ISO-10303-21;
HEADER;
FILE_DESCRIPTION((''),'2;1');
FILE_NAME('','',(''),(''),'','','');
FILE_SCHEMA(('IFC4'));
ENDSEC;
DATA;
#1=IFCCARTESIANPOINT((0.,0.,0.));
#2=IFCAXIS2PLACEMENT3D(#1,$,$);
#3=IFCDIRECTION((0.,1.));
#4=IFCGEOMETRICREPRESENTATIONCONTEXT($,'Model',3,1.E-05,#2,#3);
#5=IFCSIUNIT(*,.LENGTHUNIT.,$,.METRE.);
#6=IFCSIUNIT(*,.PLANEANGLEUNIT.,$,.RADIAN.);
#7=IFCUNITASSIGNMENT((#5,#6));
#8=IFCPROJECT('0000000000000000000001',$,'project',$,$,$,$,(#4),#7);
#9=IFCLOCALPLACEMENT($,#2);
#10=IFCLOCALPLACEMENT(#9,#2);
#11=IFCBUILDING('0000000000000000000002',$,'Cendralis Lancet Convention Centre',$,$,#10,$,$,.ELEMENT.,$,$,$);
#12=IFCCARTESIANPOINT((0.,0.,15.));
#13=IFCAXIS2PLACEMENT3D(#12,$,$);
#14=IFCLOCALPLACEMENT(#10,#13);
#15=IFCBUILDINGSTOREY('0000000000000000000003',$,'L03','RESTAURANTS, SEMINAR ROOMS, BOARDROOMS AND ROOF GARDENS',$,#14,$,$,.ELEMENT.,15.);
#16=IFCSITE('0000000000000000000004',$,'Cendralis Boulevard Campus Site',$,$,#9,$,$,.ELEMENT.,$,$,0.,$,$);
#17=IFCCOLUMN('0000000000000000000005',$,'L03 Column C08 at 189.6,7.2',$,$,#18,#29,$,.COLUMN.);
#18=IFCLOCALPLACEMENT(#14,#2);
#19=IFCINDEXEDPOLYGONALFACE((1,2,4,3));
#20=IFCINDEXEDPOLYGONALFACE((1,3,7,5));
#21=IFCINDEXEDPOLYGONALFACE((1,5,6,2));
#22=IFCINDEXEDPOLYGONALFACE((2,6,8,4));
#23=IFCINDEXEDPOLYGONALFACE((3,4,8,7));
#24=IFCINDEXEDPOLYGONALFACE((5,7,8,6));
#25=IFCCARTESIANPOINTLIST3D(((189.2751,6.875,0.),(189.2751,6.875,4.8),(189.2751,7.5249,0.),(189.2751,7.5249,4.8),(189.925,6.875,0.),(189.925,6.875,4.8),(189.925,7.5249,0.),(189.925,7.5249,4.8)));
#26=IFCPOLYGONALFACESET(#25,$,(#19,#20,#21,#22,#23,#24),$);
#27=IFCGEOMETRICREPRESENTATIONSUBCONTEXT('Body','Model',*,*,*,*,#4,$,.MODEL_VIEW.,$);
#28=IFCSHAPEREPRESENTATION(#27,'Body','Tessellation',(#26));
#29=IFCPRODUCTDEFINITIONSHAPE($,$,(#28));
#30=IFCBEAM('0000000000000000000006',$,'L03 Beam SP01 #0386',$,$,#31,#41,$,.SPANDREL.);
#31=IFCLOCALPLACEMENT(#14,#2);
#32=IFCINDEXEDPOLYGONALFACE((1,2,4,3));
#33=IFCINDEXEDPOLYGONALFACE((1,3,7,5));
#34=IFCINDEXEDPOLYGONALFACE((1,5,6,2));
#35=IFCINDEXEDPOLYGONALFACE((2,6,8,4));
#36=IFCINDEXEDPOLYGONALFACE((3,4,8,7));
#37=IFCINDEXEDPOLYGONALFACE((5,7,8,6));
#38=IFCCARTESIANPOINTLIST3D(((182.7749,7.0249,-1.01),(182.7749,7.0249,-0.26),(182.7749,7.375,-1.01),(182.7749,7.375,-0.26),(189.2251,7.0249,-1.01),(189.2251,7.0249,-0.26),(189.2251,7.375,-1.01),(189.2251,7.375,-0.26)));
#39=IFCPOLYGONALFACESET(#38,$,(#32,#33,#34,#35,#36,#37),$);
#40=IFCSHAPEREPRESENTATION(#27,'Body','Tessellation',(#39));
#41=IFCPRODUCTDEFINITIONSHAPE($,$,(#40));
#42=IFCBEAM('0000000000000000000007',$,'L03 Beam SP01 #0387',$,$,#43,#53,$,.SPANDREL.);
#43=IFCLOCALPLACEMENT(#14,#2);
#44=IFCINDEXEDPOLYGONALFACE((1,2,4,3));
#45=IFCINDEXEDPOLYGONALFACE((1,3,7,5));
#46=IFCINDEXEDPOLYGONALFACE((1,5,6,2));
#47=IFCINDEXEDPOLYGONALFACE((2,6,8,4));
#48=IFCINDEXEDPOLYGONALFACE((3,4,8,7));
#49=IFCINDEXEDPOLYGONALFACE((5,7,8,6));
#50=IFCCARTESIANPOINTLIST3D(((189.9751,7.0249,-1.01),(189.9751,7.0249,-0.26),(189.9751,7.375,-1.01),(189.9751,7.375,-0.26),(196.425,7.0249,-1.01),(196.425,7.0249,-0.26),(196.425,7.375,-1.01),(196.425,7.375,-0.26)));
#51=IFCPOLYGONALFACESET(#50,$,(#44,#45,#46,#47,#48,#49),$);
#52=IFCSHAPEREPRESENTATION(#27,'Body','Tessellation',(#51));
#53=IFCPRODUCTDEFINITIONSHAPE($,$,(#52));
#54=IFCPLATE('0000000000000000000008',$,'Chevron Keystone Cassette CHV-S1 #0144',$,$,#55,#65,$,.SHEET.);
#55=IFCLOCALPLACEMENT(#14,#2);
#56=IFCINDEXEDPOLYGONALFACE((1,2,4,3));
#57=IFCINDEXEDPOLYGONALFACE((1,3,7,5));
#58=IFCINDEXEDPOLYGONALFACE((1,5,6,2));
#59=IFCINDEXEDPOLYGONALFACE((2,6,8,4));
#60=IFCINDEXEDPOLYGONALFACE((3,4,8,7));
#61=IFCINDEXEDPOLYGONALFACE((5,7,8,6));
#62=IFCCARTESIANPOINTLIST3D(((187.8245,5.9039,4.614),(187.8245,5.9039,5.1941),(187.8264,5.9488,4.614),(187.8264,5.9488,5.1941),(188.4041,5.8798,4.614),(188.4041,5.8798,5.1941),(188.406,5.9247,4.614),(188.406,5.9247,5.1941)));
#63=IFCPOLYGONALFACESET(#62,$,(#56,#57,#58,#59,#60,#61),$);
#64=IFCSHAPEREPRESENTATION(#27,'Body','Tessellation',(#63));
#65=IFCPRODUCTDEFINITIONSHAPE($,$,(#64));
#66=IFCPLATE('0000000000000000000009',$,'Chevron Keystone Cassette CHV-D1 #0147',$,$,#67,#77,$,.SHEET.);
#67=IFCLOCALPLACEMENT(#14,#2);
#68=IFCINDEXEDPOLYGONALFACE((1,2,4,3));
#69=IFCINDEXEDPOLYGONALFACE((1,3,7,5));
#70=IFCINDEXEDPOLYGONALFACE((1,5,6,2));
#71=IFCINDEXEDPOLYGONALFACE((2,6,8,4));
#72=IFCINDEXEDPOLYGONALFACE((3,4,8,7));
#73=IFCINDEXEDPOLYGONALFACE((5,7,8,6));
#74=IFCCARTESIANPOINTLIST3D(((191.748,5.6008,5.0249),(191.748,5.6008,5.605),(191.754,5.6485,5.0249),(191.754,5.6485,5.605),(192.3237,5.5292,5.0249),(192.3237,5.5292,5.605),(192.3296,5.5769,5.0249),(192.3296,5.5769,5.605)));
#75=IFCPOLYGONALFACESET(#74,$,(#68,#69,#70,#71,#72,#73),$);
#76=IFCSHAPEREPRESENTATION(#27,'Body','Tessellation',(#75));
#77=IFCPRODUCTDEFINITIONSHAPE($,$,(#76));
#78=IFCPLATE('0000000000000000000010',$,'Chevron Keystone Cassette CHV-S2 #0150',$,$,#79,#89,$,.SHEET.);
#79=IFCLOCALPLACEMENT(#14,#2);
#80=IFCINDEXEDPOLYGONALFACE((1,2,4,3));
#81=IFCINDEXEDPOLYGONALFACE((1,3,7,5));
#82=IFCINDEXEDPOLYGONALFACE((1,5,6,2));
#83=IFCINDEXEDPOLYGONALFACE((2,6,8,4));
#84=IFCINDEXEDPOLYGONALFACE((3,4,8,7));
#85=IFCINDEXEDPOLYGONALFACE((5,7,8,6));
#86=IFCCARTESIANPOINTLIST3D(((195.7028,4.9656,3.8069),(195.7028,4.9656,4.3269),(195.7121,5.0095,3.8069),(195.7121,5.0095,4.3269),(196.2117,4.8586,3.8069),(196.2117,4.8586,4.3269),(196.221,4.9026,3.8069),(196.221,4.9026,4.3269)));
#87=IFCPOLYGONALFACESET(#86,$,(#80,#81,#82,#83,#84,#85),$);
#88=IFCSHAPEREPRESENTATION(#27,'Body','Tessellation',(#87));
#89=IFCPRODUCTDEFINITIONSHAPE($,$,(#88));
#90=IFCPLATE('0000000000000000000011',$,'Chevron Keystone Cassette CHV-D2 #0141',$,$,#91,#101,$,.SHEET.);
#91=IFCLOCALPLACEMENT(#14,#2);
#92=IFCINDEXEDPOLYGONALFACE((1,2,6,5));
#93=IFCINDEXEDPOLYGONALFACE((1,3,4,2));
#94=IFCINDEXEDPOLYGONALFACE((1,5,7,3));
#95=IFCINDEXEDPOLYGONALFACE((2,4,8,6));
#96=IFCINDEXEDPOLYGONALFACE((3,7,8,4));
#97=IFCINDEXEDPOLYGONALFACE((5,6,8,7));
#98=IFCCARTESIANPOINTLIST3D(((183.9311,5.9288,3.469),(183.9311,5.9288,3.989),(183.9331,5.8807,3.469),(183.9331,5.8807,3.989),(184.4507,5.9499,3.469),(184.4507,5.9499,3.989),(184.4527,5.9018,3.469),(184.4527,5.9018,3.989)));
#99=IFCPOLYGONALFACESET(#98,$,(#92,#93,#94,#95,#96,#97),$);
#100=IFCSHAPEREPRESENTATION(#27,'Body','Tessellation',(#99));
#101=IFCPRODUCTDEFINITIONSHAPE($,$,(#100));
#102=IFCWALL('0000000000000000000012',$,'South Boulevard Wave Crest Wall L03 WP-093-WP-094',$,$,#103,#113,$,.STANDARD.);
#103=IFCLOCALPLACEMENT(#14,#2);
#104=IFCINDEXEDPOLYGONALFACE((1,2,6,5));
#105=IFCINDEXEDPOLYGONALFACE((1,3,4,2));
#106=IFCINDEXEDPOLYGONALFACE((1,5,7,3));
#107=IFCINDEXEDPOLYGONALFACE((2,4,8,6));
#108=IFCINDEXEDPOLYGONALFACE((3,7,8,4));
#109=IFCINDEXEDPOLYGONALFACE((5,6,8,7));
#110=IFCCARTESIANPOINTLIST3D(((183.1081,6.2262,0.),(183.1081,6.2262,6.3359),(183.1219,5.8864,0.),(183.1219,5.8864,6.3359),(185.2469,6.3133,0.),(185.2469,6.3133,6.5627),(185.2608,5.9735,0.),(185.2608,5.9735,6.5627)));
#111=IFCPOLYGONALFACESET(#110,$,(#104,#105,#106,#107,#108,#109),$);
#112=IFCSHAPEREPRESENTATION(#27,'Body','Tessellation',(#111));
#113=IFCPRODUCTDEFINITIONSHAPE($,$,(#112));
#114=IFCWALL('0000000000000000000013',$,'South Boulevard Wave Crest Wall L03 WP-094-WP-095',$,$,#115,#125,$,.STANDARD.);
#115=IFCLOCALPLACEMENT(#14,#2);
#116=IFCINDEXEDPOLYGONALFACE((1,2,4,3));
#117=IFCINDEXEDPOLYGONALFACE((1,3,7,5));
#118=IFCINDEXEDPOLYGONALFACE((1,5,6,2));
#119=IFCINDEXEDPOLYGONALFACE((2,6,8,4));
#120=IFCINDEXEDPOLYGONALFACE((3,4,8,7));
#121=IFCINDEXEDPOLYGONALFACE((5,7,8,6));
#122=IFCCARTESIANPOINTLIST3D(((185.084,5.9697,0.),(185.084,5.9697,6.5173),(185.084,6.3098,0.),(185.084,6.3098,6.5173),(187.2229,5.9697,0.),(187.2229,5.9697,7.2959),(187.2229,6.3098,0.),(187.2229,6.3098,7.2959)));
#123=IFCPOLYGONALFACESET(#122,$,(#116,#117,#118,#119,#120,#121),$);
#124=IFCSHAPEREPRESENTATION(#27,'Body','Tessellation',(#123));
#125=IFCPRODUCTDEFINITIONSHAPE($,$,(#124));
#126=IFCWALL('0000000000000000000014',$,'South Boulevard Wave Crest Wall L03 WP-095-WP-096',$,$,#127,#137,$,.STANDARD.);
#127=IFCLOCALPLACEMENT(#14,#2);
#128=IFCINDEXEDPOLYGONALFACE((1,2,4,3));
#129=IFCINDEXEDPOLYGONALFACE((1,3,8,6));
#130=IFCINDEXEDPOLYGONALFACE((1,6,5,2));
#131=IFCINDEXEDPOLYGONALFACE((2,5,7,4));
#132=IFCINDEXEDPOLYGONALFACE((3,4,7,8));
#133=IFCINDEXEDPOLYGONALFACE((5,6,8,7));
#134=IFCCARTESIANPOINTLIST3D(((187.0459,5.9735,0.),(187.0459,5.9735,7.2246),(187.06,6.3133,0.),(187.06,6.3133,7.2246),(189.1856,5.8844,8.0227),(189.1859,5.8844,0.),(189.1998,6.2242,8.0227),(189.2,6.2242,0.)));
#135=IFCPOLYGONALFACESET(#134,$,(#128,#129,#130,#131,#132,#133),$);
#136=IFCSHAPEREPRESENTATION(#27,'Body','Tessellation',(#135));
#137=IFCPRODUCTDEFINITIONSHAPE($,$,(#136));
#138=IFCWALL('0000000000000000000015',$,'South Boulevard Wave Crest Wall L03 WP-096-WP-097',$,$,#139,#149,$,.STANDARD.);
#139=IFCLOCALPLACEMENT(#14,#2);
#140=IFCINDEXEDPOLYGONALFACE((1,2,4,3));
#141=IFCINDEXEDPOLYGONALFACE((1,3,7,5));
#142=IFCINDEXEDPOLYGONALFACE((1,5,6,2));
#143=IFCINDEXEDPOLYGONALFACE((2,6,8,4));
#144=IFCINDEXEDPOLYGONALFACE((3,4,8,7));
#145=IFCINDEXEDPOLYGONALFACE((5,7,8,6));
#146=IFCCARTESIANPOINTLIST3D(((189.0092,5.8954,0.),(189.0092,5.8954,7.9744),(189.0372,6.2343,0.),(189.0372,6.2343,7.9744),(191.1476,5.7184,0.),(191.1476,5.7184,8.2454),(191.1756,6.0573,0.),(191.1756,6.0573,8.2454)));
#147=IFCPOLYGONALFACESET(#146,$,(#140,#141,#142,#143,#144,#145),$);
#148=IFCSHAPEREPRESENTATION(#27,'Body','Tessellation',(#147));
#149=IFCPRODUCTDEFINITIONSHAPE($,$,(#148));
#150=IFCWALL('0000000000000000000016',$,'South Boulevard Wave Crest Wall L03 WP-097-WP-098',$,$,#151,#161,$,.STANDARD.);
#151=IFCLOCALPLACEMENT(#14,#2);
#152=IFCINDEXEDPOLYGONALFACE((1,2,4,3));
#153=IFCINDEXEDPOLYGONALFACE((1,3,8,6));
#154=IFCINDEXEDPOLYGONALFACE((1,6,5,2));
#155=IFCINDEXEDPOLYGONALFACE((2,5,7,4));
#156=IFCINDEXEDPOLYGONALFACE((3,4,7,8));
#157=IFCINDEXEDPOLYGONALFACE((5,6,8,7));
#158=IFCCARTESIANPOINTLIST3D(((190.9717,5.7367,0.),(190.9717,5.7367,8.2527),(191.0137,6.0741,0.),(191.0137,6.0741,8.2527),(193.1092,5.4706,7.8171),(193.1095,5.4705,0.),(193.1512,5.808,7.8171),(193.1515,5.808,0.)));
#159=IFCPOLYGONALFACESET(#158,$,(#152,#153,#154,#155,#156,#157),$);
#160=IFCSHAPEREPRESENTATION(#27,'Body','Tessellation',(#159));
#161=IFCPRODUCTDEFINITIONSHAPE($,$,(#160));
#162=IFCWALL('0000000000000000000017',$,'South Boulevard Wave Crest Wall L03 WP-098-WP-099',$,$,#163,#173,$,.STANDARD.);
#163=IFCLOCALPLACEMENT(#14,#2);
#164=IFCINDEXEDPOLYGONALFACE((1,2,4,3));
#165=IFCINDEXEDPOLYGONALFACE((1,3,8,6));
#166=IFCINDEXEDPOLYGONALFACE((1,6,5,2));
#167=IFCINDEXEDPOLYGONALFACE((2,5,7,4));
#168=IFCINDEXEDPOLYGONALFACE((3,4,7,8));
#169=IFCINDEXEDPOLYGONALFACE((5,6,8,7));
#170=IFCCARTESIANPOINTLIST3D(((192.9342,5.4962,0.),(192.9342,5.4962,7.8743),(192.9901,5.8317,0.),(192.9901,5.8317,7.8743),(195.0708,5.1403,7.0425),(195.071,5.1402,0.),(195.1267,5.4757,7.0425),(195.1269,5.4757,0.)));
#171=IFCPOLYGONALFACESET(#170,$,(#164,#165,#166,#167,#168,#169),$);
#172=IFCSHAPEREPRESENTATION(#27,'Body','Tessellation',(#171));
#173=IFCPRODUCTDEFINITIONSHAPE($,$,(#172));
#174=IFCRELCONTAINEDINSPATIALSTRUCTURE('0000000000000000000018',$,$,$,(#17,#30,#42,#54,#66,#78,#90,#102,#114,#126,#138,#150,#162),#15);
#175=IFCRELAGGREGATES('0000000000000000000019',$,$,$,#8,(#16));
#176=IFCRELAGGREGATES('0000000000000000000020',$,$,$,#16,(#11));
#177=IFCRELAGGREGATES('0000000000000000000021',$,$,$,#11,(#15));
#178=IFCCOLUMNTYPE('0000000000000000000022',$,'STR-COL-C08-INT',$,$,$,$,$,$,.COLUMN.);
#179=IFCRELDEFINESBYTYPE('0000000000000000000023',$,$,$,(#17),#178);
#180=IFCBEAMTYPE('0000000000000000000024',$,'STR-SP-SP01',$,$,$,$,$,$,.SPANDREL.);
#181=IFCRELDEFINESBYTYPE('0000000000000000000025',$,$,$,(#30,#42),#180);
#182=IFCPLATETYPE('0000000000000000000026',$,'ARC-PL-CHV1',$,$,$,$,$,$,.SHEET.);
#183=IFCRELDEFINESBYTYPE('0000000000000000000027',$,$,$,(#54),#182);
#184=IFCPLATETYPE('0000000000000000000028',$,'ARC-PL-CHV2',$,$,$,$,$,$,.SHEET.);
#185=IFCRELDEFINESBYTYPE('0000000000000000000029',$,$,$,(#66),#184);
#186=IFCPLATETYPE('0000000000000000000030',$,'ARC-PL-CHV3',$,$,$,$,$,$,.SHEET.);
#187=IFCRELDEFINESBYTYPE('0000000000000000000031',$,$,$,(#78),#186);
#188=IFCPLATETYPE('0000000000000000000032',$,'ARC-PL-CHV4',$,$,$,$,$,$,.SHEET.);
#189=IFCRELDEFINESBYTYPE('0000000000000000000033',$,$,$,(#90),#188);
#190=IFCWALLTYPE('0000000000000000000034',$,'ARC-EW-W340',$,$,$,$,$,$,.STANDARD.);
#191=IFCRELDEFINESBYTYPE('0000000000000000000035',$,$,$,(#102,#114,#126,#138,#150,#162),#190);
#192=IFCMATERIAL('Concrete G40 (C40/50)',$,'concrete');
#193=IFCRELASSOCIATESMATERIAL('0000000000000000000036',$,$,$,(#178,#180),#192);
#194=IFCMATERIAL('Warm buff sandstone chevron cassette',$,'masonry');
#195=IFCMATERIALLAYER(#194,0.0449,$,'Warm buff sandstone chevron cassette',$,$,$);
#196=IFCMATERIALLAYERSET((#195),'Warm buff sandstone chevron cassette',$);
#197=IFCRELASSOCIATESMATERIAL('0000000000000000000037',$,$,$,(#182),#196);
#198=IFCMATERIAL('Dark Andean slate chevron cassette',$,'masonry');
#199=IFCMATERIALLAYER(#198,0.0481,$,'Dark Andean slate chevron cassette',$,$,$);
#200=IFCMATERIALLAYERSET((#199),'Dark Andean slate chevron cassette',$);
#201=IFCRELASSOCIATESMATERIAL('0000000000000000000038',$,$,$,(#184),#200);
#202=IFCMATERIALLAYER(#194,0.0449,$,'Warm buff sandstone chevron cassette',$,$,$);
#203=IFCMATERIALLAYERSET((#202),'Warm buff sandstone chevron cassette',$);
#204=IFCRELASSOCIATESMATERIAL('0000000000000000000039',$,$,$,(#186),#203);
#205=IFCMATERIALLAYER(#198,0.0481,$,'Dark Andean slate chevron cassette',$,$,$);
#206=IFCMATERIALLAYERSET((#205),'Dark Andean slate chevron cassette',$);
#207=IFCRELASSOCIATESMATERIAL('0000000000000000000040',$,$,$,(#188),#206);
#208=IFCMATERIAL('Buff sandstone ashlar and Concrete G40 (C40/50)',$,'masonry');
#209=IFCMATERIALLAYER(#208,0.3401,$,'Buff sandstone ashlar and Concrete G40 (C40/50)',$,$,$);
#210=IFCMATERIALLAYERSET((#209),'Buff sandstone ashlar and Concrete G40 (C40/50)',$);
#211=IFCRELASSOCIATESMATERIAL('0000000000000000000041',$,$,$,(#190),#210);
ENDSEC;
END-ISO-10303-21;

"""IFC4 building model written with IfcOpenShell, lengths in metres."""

from ifc_helpers import new_model, si_unit, direction, frame, origin, origin_2d, place, context, subcontext, project, spatial, polyline, rectangle, outline, extrude, material, layer, layer_set, material_profile, profile_set, type_object, element, save


model = new_model("IFC4")

# Units and contexts
model_context = context("Model", 3, precision=1e-05, world=origin(), true_north=direction((0.0, 1.0)))
body_context = subcontext(model_context, "Body", "Model", "MODEL_VIEW")
ifc_project = project(units=[si_unit("LENGTHUNIT", "METRE"), si_unit("PLANEANGLEUNIT", "RADIAN")], contexts=[model_context])

# Site, building, storey
site_placement = place(None, origin())
site = spatial("IfcSite", under=ifc_project, at=site_placement, Name="Cendralis Boulevard Campus Site", CompositionType="ELEMENT", RefElevation=0.0)
building_placement = place(site_placement, origin())
building = spatial("IfcBuilding", under=site, at=building_placement, Name="Cendralis Lancet Convention Centre", CompositionType="ELEMENT")
storey_placement = place(building_placement, frame((0.0, 0.0, 15.0)))
storey = spatial("IfcBuildingStorey", under=building, at=storey_placement, Name="L03", Description="RESTAURANTS, SEMINAR ROOMS, BOARDROOMS AND ROOF GARDENS", CompositionType="ELEMENT", Elevation=15.0)

# Column
ifc_material_1 = material(Name="Concrete G40 (C40/50)", Category="concrete")
ifc_material_profile_1 = material_profile(ifc_material_1, rectangle(XDim=0.6499, YDim=0.6499, at=origin_2d()), Name="RC 650x650")
ifc_profile_set_1 = profile_set([ifc_material_profile_1], Name="Concrete G40 (C40/50)")
column_type = type_object("IfcColumnType", Name="STR-COL-C08-INT", PredefinedType="COLUMN", material=ifc_profile_set_1)
column_placement = place(storey_placement, frame((189.6001, 7.2, 0.0), z_axis=(0.0, 0.0, 1.0), x_axis=(1.0, 0.0, 0.0)))
element("IfcColumn", 1, at=column_placement, inside=storey, type_object=column_type, Name="L03 Column C08 at 189.6,7.2", PredefinedType="COLUMN", context=body_context, shape_type="SweptSolid", body=[
    extrude(rectangle(XDim=0.6499, YDim=0.6499, at=origin_2d()), origin(), (0.0, 0.0, 1.0), 4.8),
])

# Beams
ifc_material_profile_2 = material_profile(ifc_material_1, rectangle(XDim=0.3501, YDim=0.75, at=origin_2d()), Name="RCB 350x750")
ifc_profile_set_2 = profile_set([ifc_material_profile_2], Name="Concrete G40 (C40/50)")
beam_type = type_object("IfcBeamType", Name="STR-SP-SP01", PredefinedType="SPANDREL", material=ifc_profile_set_2)
beam_1_placement = place(storey_placement, frame((182.7749, 7.2, -0.635), z_axis=(1.0, 0.0, 0.0), x_axis=(0.0, 1.0, 0.0)))
element("IfcBeam", 2, at=beam_1_placement, inside=storey, type_object=beam_type, Name="L03 Beam SP01 #0386", PredefinedType="SPANDREL", context=body_context, shape_type="SweptSolid", body=[
    extrude(rectangle(XDim=0.3501, YDim=0.75, at=origin_2d()), origin(), (0.0, 0.0, 1.0), 6.4502),
])
beam_2_placement = place(storey_placement, frame((189.9751, 7.2, -0.635), z_axis=(1.0, 0.0, 0.0), x_axis=(0.0, 1.0, 0.0)))
element("IfcBeam", 3, at=beam_2_placement, inside=storey, type_object=beam_type, Name="L03 Beam SP01 #0387", PredefinedType="SPANDREL", context=body_context, shape_type="SweptSolid", body=[
    extrude(rectangle(XDim=0.3501, YDim=0.75, at=origin_2d()), origin(), (0.0, 0.0, 1.0), 6.45),
])

# Plates
ifc_material_2 = material(Name="Warm buff sandstone chevron cassette", Category="masonry")
ifc_layer_1 = layer(ifc_material_2, 0.0449, Name="Warm buff sandstone chevron cassette")
ifc_layer_set_1 = layer_set([ifc_layer_1], Name="Warm buff sandstone chevron cassette")
plate_type_1 = type_object("IfcPlateType", Name="ARC-PL-CHV1", PredefinedType="SHEET", material=ifc_layer_set_1)
plate_1_placement = place(storey_placement, frame((188.1152, 5.9143, 4.614), z_axis=(0.0, 0.0, 1.0), x_axis=(0.999134, -0.041597, 0.0)))
element("IfcPlate", 4, at=plate_1_placement, inside=storey, type_object=plate_type_1, Name="Chevron Keystone Cassette CHV-S1 #0144", PredefinedType="SHEET", context=body_context, shape_type="SweptSolid", body=[
    extrude(rectangle(XDim=0.5801, YDim=0.0449, at=origin_2d()), origin(), (0.0, 0.0, 1.0), 0.5801),
])
ifc_material_3 = material(Name="Dark Andean slate chevron cassette", Category="masonry")
ifc_layer_2 = layer(ifc_material_3, 0.0481, Name="Dark Andean slate chevron cassette")
ifc_layer_set_2 = layer_set([ifc_layer_2], Name="Dark Andean slate chevron cassette")
plate_type_2 = type_object("IfcPlateType", Name="ARC-PL-CHV2", PredefinedType="SHEET", material=ifc_layer_set_2)
plate_2_placement = place(storey_placement, frame((192.0388, 5.5889, 5.0249), z_axis=(0.0, 0.0, 1.0), x_axis=(0.992347, -0.12348, 0.0)))
element("IfcPlate", 5, at=plate_2_placement, inside=storey, type_object=plate_type_2, Name="Chevron Keystone Cassette CHV-D1 #0147", PredefinedType="SHEET", context=body_context, shape_type="SweptSolid", body=[
    extrude(rectangle(XDim=0.5801, YDim=0.0481, at=origin_2d()), origin(), (0.0, 0.0, 1.0), 0.5801),
])
ifc_layer_3 = layer(ifc_material_2, 0.0449, Name="Warm buff sandstone chevron cassette")
ifc_layer_set_3 = layer_set([ifc_layer_3], Name="Warm buff sandstone chevron cassette")
plate_type_3 = type_object("IfcPlateType", Name="ARC-PL-CHV3", PredefinedType="SHEET", material=ifc_layer_set_3)
plate_3_placement = place(storey_placement, frame((195.9619, 4.9341, 3.8069), z_axis=(0.0, 0.0, 1.0), x_axis=(0.978624, -0.205658, 0.0)))
element("IfcPlate", 6, at=plate_3_placement, inside=storey, type_object=plate_type_3, Name="Chevron Keystone Cassette CHV-S2 #0150", PredefinedType="SHEET", context=body_context, shape_type="SweptSolid", body=[
    extrude(rectangle(XDim=0.52, YDim=0.0449, at=origin_2d()), origin(), (0.0, 0.0, 1.0), 0.52),
])
ifc_layer_4 = layer(ifc_material_3, 0.0481, Name="Dark Andean slate chevron cassette")
ifc_layer_set_4 = layer_set([ifc_layer_4], Name="Dark Andean slate chevron cassette")
plate_type_4 = type_object("IfcPlateType", Name="ARC-PL-CHV4", PredefinedType="SHEET", material=ifc_layer_set_4)
plate_4_placement = place(storey_placement, frame((184.1919, 5.9153, 3.469), z_axis=(0.0, 0.0, 1.0), x_axis=(0.999175, 0.040603, 0.0)))
element("IfcPlate", 7, at=plate_4_placement, inside=storey, type_object=plate_type_4, Name="Chevron Keystone Cassette CHV-D2 #0141", PredefinedType="SHEET", context=body_context, shape_type="SweptSolid", body=[
    extrude(rectangle(XDim=0.52, YDim=0.0481, at=origin_2d()), origin(), (0.0, 0.0, 1.0), 0.52),
])

# Walls
ifc_material_4 = material(Name="Buff sandstone ashlar and Concrete G40 (C40/50)", Category="masonry")
ifc_layer_5 = layer(ifc_material_4, 0.3401, Name="Buff sandstone ashlar and Concrete G40 (C40/50)")
ifc_layer_set_5 = layer_set([ifc_layer_5], Name="Buff sandstone ashlar and Concrete G40 (C40/50)")
wall_type_1 = type_object("IfcWallType", Name="ARC-EW-W340", PredefinedType="STANDARD", material=ifc_layer_set_5)
wall_1_placement = place(storey_placement, frame((183.115, 6.0564, 0.0), z_axis=(0.0, 0.0, 1.0), x_axis=(0.999171, 0.040715, 0.0)))
element("IfcWall", 8, at=wall_1_placement, inside=storey, type_object=wall_type_1, Name="South Boulevard Wave Crest Wall L03 WP-093-WP-094", PredefinedType="STANDARD", context=body_context, shape_type="SweptSolid", body=[
    extrude(outline(polyline([(0.0, 0.0), (2.1406, 0.0), (2.1406, 6.5627), (0.0, 6.3359), (0.0, 0.0)])), frame((0.0, 0.1699, 0.0), z_axis=(0.0, -1.0, 0.0), x_axis=(1.0, 0.0, 0.0)), (0.0, 0.0, 1.0), 0.3401),
])
wall_2_placement = place(storey_placement, frame((185.084, 6.1399, 0.0), z_axis=(0.0, 0.0, 1.0), x_axis=(1.0, 0.0, 0.0)))
element("IfcWall", 9, at=wall_2_placement, inside=storey, type_object=wall_type_1, Name="South Boulevard Wave Crest Wall L03 WP-094-WP-095", PredefinedType="STANDARD", context=body_context, shape_type="SweptSolid", body=[
    extrude(outline(polyline([(0.0, 0.0), (2.1389, 0.0), (2.1389, 7.2959), (0.0, 6.5173), (0.0, 0.0)])), frame((0.0, 0.1699, 0.0), z_axis=(0.0, -1.0, 0.0), x_axis=(1.0, 0.0, 0.0)), (0.0, 0.0, 1.0), 0.3401),
])
wall_3_placement = place(storey_placement, frame((187.053, 6.1436, 0.0), z_axis=(0.0, 0.0, 1.0), x_axis=(0.999134, -0.041607, 0.0)))
element("IfcWall", 10, at=wall_3_placement, inside=storey, type_object=wall_type_1, Name="South Boulevard Wave Crest Wall L03 WP-095-WP-096", PredefinedType="STANDARD", context=body_context, shape_type="SweptSolid", body=[
    extrude(outline(polyline([(0.0, 0.0), (2.1418, 0.0), (2.1416, 8.0227), (0.0, 7.2246), (0.0, 0.0)])), frame((0.0, 0.1699, 0.0), z_axis=(0.0, -1.0, 0.0), x_axis=(1.0, 0.0, 0.0)), (0.0, 0.0, 1.0), 0.3401),
])
wall_4_placement = place(storey_placement, frame((189.0232, 6.0649, 0.0), z_axis=(0.0, 0.0, 1.0), x_axis=(0.996592, -0.08249, 0.0)))
element("IfcWall", 11, at=wall_4_placement, inside=storey, type_object=wall_type_1, Name="South Boulevard Wave Crest Wall L03 WP-096-WP-097", PredefinedType="STANDARD", context=body_context, shape_type="SweptSolid", body=[
    extrude(outline(polyline([(0.0, 0.0), (2.1458, 0.0), (2.1458, 8.2454), (0.0, 7.9744), (0.0, 0.0)])), frame((0.0, 0.1699, 0.0), z_axis=(0.0, -1.0, 0.0), x_axis=(1.0, 0.0, 0.0)), (0.0, 0.0, 1.0), 0.3401),
])
wall_5_placement = place(storey_placement, frame((190.9927, 5.9055, 0.0), z_axis=(0.0, 0.0, 1.0), x_axis=(0.992341, -0.123533, 0.0)))
element("IfcWall", 12, at=wall_5_placement, inside=storey, type_object=wall_type_1, Name="South Boulevard Wave Crest Wall L03 WP-097-WP-098", PredefinedType="STANDARD", context=body_context, shape_type="SweptSolid", body=[
    extrude(outline(polyline([(0.0, 0.0), (2.1543, 0.0), (2.1541, 7.8171), (0.0, 8.2527), (0.0, 0.0)])), frame((0.0, 0.1699, 0.0), z_axis=(0.0, -1.0, 0.0), x_axis=(1.0, 0.0, 0.0)), (0.0, 0.0, 1.0), 0.3401),
])
wall_6_placement = place(storey_placement, frame((192.9622, 5.6641, 0.0), z_axis=(0.0, 0.0, 1.0), x_axis=(0.986406, -0.164326, 0.0)))
element("IfcWall", 13, at=wall_6_placement, inside=storey, type_object=wall_type_1, Name="South Boulevard Wave Crest Wall L03 WP-098-WP-099", PredefinedType="STANDARD", context=body_context, shape_type="SweptSolid", body=[
    extrude(outline(polyline([(0.0, 0.0), (2.1663, 0.0), (2.166, 7.0425), (0.0, 7.8743), (0.0, 0.0)])), frame((0.0, 0.1699, 0.0), z_axis=(0.0, -1.0, 0.0), x_axis=(1.0, 0.0, 0.0)), (0.0, 0.0, 1.0), 0.3401),
])

save(model, "model.ifc")
